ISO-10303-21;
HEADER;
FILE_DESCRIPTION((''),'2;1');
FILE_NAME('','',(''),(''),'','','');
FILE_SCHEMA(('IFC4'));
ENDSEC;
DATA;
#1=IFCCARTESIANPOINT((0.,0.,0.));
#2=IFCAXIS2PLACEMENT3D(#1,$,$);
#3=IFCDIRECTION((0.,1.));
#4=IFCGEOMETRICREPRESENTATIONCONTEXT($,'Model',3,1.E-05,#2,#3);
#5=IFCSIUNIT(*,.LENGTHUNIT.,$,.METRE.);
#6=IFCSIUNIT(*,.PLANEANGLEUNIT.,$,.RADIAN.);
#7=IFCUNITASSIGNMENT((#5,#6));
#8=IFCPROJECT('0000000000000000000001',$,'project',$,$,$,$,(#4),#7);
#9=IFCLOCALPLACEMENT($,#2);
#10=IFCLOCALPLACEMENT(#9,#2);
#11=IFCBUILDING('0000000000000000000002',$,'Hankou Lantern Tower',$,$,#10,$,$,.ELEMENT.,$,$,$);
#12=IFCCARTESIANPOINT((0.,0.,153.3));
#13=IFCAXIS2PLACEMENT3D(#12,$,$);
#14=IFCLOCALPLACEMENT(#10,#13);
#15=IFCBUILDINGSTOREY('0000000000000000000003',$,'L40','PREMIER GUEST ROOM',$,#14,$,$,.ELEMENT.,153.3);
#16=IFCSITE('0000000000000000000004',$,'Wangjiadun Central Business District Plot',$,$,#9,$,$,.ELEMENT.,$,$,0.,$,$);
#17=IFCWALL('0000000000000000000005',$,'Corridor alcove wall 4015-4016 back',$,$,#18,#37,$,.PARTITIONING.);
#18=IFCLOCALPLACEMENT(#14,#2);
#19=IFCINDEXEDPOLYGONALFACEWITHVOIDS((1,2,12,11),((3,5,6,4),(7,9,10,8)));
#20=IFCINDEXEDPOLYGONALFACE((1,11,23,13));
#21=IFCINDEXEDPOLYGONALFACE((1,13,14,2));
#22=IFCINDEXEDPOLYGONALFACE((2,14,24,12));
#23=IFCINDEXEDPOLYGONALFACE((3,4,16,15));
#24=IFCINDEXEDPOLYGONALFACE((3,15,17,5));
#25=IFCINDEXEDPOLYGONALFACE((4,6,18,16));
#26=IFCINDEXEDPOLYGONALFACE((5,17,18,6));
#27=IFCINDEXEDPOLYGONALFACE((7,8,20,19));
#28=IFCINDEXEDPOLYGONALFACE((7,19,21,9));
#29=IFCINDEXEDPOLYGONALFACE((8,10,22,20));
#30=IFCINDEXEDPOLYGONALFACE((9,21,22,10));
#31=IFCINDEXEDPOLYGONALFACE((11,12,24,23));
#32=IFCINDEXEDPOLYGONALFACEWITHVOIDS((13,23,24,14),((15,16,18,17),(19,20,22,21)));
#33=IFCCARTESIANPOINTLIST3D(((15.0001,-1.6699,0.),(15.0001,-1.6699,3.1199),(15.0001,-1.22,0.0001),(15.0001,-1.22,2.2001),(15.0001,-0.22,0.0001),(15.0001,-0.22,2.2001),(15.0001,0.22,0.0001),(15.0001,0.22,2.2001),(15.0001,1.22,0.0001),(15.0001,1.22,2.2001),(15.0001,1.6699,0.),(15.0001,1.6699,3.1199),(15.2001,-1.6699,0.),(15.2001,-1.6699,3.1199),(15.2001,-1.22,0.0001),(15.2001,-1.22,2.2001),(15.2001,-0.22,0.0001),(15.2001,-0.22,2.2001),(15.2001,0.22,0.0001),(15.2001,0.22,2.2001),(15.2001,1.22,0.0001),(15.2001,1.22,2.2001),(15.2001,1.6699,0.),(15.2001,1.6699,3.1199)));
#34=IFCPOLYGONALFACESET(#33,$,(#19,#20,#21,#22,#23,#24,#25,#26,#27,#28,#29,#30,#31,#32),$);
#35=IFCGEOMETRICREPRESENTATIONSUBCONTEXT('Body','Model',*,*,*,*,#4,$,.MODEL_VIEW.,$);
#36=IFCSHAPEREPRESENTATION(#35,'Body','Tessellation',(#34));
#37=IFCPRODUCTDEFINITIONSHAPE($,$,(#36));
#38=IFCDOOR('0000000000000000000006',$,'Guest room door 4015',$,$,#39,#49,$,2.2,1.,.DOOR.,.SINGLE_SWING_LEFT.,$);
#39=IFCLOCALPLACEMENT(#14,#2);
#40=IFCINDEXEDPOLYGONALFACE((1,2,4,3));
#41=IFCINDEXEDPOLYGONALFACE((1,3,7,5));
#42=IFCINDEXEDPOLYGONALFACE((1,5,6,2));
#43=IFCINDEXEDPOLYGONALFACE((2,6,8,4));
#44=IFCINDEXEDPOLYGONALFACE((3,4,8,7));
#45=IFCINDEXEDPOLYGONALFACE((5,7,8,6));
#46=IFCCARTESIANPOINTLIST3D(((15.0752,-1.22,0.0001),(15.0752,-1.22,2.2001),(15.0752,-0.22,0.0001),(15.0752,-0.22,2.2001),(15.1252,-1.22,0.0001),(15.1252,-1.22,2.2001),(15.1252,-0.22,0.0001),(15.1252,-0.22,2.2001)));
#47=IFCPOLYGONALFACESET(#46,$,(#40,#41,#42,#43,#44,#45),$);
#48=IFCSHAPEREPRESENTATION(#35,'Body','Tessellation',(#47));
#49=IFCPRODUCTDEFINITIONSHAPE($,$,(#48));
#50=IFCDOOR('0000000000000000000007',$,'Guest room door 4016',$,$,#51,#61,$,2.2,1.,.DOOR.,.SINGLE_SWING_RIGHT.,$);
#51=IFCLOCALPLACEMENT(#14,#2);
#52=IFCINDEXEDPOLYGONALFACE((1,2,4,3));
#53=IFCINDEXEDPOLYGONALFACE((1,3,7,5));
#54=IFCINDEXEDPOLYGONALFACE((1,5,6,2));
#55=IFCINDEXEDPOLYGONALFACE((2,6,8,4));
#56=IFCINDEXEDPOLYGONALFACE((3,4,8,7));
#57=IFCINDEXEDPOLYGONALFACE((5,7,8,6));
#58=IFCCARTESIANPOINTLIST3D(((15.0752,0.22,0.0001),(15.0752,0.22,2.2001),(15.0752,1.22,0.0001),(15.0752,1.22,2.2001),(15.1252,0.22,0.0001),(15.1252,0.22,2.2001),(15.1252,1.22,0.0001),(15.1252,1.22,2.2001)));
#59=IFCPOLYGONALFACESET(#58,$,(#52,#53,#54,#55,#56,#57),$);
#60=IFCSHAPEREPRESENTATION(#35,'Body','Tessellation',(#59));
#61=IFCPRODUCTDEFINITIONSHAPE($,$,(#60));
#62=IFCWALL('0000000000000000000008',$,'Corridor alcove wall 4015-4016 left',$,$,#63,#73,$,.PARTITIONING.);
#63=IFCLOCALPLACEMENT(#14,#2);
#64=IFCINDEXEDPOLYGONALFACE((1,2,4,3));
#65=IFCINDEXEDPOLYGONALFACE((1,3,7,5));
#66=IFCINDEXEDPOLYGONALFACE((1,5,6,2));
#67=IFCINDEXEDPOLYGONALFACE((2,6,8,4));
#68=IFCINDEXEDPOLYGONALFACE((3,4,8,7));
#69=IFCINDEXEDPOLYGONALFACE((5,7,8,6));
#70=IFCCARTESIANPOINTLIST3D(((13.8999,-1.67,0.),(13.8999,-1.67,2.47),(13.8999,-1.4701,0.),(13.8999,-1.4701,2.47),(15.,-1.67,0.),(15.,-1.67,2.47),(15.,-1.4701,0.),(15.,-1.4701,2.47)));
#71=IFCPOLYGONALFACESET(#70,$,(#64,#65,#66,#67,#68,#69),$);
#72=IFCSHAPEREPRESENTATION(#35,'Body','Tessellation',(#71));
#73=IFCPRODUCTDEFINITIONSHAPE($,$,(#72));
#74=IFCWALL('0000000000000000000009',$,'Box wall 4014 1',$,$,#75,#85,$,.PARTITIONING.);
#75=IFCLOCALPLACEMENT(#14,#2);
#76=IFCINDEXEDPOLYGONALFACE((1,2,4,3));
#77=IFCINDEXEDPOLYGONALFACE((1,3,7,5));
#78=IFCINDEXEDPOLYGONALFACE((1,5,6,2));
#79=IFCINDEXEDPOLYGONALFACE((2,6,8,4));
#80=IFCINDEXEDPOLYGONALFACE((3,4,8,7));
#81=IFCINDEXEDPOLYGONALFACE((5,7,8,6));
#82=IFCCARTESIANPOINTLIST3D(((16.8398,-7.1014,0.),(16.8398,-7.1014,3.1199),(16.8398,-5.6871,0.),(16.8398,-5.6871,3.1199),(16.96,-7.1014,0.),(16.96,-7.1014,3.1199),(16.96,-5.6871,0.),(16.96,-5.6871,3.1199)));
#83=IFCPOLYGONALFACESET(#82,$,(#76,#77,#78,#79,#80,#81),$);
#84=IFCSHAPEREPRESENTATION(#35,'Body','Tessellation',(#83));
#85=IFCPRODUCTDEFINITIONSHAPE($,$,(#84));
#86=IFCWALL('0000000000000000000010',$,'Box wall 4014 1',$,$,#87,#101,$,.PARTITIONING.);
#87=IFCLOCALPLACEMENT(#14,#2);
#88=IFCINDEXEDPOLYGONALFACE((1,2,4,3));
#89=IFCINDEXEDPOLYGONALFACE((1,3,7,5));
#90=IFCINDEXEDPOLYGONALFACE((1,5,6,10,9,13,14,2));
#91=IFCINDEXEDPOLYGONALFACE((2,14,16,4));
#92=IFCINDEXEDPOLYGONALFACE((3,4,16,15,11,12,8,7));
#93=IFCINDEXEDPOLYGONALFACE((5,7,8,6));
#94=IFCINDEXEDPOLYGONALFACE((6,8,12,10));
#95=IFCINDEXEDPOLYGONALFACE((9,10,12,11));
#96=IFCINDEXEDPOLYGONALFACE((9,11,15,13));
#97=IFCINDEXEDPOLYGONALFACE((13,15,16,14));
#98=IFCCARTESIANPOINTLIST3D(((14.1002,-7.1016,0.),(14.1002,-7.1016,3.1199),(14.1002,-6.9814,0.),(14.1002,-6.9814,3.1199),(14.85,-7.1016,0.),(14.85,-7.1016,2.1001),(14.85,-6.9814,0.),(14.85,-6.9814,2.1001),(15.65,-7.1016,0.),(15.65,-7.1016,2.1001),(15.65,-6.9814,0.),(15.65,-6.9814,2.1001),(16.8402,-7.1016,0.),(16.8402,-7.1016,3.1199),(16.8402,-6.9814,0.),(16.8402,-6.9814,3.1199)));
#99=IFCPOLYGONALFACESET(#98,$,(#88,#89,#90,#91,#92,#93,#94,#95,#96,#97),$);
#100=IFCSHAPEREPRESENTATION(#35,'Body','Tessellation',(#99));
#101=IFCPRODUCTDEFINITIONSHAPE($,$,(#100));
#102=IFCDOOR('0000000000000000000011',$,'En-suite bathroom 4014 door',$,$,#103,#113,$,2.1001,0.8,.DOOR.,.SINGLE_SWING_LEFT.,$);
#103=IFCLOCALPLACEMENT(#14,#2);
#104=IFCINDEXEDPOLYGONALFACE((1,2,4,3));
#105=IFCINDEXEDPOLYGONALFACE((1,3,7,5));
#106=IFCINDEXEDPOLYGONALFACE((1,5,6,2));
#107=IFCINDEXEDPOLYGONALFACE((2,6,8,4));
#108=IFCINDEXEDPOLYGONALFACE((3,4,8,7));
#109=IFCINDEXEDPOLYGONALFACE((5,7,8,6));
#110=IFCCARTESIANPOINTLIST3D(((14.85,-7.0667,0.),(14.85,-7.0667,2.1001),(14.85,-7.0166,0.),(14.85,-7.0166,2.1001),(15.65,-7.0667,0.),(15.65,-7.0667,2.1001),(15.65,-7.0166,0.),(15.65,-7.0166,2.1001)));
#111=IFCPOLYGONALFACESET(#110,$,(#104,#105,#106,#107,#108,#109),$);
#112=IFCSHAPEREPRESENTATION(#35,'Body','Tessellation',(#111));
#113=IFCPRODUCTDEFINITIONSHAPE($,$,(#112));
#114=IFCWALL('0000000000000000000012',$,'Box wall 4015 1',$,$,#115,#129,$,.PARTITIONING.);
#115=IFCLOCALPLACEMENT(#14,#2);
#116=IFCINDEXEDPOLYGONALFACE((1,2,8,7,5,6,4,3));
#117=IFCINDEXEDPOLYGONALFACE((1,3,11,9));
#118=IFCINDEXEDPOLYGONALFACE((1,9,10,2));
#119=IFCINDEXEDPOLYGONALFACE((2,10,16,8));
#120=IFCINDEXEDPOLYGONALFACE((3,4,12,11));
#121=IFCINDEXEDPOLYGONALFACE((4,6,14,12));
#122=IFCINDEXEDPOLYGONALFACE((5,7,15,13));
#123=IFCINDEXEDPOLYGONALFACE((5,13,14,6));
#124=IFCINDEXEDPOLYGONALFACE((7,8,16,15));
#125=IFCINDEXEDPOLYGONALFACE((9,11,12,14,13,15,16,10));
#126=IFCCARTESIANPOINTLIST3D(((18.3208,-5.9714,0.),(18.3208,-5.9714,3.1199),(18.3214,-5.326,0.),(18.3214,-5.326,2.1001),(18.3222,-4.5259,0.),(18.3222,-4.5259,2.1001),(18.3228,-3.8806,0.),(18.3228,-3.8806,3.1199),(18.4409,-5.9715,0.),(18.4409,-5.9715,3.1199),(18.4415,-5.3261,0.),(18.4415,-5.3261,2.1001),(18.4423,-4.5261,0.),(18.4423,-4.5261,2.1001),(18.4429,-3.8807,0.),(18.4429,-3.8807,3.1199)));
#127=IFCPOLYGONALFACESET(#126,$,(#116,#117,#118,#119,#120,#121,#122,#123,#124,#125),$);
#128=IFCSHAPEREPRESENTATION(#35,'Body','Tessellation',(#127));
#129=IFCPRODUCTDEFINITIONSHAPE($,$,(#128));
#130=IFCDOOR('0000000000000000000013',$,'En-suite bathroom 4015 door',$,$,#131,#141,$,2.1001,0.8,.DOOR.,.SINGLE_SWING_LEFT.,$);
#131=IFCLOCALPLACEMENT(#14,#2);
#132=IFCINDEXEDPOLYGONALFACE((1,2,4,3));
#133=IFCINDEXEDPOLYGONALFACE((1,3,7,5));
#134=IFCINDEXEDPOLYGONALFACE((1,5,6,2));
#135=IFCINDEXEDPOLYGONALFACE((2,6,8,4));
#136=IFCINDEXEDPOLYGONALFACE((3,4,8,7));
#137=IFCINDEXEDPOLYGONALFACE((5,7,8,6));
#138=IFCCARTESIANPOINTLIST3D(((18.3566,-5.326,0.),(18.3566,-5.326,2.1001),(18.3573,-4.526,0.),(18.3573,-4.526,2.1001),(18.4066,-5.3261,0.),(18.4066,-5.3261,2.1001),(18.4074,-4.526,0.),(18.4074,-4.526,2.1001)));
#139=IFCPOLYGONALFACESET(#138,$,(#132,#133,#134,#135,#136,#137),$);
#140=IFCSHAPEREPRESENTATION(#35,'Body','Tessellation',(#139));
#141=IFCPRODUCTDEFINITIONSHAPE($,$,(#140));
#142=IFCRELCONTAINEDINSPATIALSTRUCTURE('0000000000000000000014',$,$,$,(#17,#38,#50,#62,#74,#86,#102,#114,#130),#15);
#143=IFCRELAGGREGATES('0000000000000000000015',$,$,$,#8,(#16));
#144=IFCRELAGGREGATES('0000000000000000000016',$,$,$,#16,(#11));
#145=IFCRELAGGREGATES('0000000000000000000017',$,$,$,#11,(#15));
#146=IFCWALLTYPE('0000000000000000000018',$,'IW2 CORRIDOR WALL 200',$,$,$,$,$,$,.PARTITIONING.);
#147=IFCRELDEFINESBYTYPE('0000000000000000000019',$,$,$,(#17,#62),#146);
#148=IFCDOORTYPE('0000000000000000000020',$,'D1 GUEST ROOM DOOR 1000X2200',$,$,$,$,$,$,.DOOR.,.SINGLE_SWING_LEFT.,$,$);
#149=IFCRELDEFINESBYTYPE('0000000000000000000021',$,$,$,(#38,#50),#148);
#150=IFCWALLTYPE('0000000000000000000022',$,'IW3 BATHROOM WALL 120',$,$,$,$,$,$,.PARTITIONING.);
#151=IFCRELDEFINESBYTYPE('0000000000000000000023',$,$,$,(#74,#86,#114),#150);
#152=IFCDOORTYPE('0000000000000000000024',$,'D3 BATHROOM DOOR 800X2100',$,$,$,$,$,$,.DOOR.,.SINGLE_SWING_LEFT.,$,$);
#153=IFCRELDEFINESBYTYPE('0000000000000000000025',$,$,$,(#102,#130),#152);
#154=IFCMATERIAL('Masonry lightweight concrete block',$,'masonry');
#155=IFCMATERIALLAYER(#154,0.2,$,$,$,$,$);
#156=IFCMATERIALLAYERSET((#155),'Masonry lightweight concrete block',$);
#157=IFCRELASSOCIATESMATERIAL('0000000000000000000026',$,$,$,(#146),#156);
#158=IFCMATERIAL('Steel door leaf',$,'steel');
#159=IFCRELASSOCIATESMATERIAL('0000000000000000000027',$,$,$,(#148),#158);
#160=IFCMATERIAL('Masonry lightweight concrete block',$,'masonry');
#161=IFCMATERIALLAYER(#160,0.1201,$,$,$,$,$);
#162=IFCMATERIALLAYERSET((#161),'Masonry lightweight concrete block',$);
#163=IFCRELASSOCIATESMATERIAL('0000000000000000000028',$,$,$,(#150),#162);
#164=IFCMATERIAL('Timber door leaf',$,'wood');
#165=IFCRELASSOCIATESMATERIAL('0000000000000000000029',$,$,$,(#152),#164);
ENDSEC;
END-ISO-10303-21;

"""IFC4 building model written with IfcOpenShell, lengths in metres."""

from ifc_helpers import new_model, si_unit, direction, frame, frame_2d, origin, place, context, subcontext, project, spatial, rectangle, extrude, material, layer, layer_set, type_object, element, fill, save


model = new_model("IFC4")

# Units and contexts
model_context = context("Model", 3, precision=1e-05, world=origin(), true_north=direction((0.0, 1.0)))
body_context = subcontext(model_context, "Body", "Model", "MODEL_VIEW")
ifc_project = project(units=[si_unit("LENGTHUNIT", "METRE"), si_unit("PLANEANGLEUNIT", "RADIAN")], contexts=[model_context])

# Site, building, storey
site_placement = place(None, origin())
site = spatial("IfcSite", under=ifc_project, at=site_placement, Name="Wangjiadun Central Business District Plot", CompositionType="ELEMENT", RefElevation=0.0)
building_placement = place(site_placement, origin())
building = spatial("IfcBuilding", under=site, at=building_placement, Name="Hankou Lantern Tower", CompositionType="ELEMENT")
storey_placement = place(building_placement, frame((0.0, 0.0, 153.3)))
storey = spatial("IfcBuildingStorey", under=building, at=storey_placement, Name="L40", Description="PREMIER GUEST ROOM", CompositionType="ELEMENT", Elevation=153.3)

# Wall, openings, doors
ifc_material_1 = material(Name="Masonry lightweight concrete block", Category="masonry")
ifc_layer_1 = layer(ifc_material_1, 0.2)
ifc_layer_set_1 = layer_set([ifc_layer_1], Name="Masonry lightweight concrete block")
wall_type_1 = type_object("IfcWallType", Name="IW2 CORRIDOR WALL 200", PredefinedType="PARTITIONING", material=ifc_layer_set_1)
wall_1_placement = place(storey_placement, frame((15.1001, -1.6699, 0.0), z_axis=(0.0, 0.0, 1.0), x_axis=(0.0, 1.0, 0.0)))
wall_1 = element("IfcWall", 1, at=wall_1_placement, inside=storey, type_object=wall_type_1, Name="Corridor alcove wall 4015-4016 back", PredefinedType="PARTITIONING", context=body_context, shape_type="SweptSolid", body=[
    extrude(rectangle(XDim=3.3398, YDim=0.2, at=frame_2d((1.6699, 0.0))), origin(), (0.0, 0.0, 1.0), 3.1199),
])
opening_1_placement = place(wall_1_placement, frame((0.45, 0.0, 0.0)))
opening_1 = element("IfcOpeningElement", 2, at=opening_1_placement, cuts=wall_1, PredefinedType="OPENING", context=body_context, shape_type="SweptSolid", body=[
    extrude(rectangle(XDim=1.0, YDim=2.2, at=frame_2d((0.5, 1.1001))), frame((0.0, 0.1099, 0.0), z_axis=(0.0, -1.0, 0.0), x_axis=(1.0, 0.0, 0.0)), (0.0, 0.0, 1.0), 0.22),
])
opening_2_placement = place(wall_1_placement, frame((1.8899, 0.0, 0.0)))
opening_2 = element("IfcOpeningElement", 3, at=opening_2_placement, cuts=wall_1, PredefinedType="OPENING", context=body_context, shape_type="SweptSolid", body=[
    extrude(rectangle(XDim=1.0, YDim=2.2, at=frame_2d((0.5, 1.1001))), frame((0.0, 0.1099, 0.0), z_axis=(0.0, -1.0, 0.0), x_axis=(1.0, 0.0, 0.0)), (0.0, 0.0, 1.0), 0.22),
])
ifc_material_2 = material(Name="Steel door leaf", Category="steel")
door_type_1 = type_object("IfcDoorType", Name="D1 GUEST ROOM DOOR 1000X2200", OperationType="SINGLE_SWING_LEFT", PredefinedType="DOOR", material=ifc_material_2)
door_1_placement = place(opening_1_placement, origin())
door_1 = element("IfcDoor", 4, at=door_1_placement, inside=storey, type_object=door_type_1, Name="Guest room door 4015", OperationType="SINGLE_SWING_LEFT", OverallHeight=2.2, OverallWidth=1.0, PredefinedType="DOOR", context=body_context, shape_type="SweptSolid", body=[
    extrude(rectangle(XDim=1.0, YDim=2.2, at=frame_2d((0.5, 1.1001))), frame((0.0, 0.0249, 0.0), z_axis=(0.0, -1.0, 0.0), x_axis=(1.0, 0.0, 0.0)), (0.0, 0.0, 1.0), 0.05),
])
fill(opening_1, door_1)
door_2_placement = place(opening_2_placement, origin())
door_2 = element("IfcDoor", 5, at=door_2_placement, inside=storey, type_object=door_type_1, Name="Guest room door 4016", OperationType="SINGLE_SWING_RIGHT", OverallHeight=2.2, OverallWidth=1.0, PredefinedType="DOOR", context=body_context, shape_type="SweptSolid", body=[
    extrude(rectangle(XDim=1.0, YDim=2.2, at=frame_2d((0.5, 1.1001))), frame((0.0, 0.0249, 0.0), z_axis=(0.0, -1.0, 0.0), x_axis=(1.0, 0.0, 0.0)), (0.0, 0.0, 1.0), 0.05),
])
fill(opening_2, door_2)

# Walls
wall_2_placement = place(storey_placement, frame((13.8999, -1.5701, 0.0), z_axis=(0.0, 0.0, 1.0), x_axis=(1.0, 0.0, 0.0)))
element("IfcWall", 6, at=wall_2_placement, inside=storey, type_object=wall_type_1, Name="Corridor alcove wall 4015-4016 left", PredefinedType="PARTITIONING", context=body_context, shape_type="SweptSolid", body=[
    extrude(rectangle(XDim=1.1001, YDim=0.2, at=frame_2d((0.55, 0.0))), origin(), (0.0, 0.0, 1.0), 2.47),
])
ifc_material_3 = material(Name="Masonry lightweight concrete block", Category="masonry")
ifc_layer_2 = layer(ifc_material_3, 0.1201)
ifc_layer_set_2 = layer_set([ifc_layer_2], Name="Masonry lightweight concrete block")
wall_type_2 = type_object("IfcWallType", Name="IW3 BATHROOM WALL 120", PredefinedType="PARTITIONING", material=ifc_layer_set_2)
wall_3_placement = place(storey_placement, frame((16.8999, -5.6873, 0.0), z_axis=(0.0, 0.0, 1.0), x_axis=(0.0, -1.0, 0.0)))
element("IfcWall", 7, at=wall_3_placement, inside=storey, type_object=wall_type_2, Name="Box wall 4014 1", PredefinedType="PARTITIONING", context=body_context, shape_type="SweptSolid", body=[
    extrude(rectangle(XDim=1.4143, YDim=0.1201, at=frame_2d((0.707, 0.0))), origin(), (0.0, 0.0, 1.0), 3.1199),
])

# Walls, openings, doors
wall_4_placement = place(storey_placement, frame((14.1001, -7.0415, 0.0), z_axis=(0.0, 0.0, 1.0), x_axis=(1.0, 0.0, 0.0)))
wall_4 = element("IfcWall", 8, at=wall_4_placement, inside=storey, type_object=wall_type_2, Name="Box wall 4014 1", PredefinedType="PARTITIONING", context=body_context, shape_type="SweptSolid", body=[
    extrude(rectangle(XDim=2.74, YDim=0.1201, at=frame_2d((1.3701, 0.0))), origin(), (0.0, 0.0, 1.0), 3.1199),
])
opening_3_placement = place(wall_4_placement, frame((0.75, 0.0, 0.0)))
opening_3 = element("IfcOpeningElement", 9, at=opening_3_placement, cuts=wall_4, PredefinedType="OPENING", context=body_context, shape_type="SweptSolid", body=[
    extrude(rectangle(XDim=0.8, YDim=2.1001, at=frame_2d((0.3999, 1.05))), frame((0.0, 0.0701, 0.0), z_axis=(0.0, -1.0, 0.0), x_axis=(1.0, 0.0, 0.0)), (0.0, 0.0, 1.0), 0.1401),
])
ifc_material_4 = material(Name="Timber door leaf", Category="wood")
door_type_2 = type_object("IfcDoorType", Name="D3 BATHROOM DOOR 800X2100", OperationType="SINGLE_SWING_LEFT", PredefinedType="DOOR", material=ifc_material_4)
door_3_placement = place(opening_3_placement, origin())
door_3 = element("IfcDoor", 10, at=door_3_placement, inside=storey, type_object=door_type_2, Name="En-suite bathroom 4014 door", OperationType="SINGLE_SWING_LEFT", OverallHeight=2.1001, OverallWidth=0.8, PredefinedType="DOOR", context=body_context, shape_type="SweptSolid", body=[
    extrude(rectangle(XDim=0.8, YDim=2.1001, at=frame_2d((0.3999, 1.05))), frame((0.0, 0.0249, 0.0), z_axis=(0.0, -1.0, 0.0), x_axis=(1.0, 0.0, 0.0)), (0.0, 0.0, 1.0), 0.05),
])
fill(opening_3, door_3)
wall_5_placement = place(storey_placement, frame((18.3809, -5.9714, 0.0), z_axis=(0.0, 0.0, 1.0), x_axis=(0.000934, 1.0, 0.0)))
wall_5 = element("IfcWall", 11, at=wall_5_placement, inside=storey, type_object=wall_type_2, Name="Box wall 4015 1", PredefinedType="PARTITIONING", context=body_context, shape_type="SweptSolid", body=[
    extrude(rectangle(XDim=2.0908, YDim=0.1201, at=frame_2d((1.0454, 0.0))), origin(), (0.0, 0.0, 1.0), 3.1199),
])
opening_4_placement = place(wall_5_placement, frame((0.6455, 0.0, 0.0)))
opening_4 = element("IfcOpeningElement", 12, at=opening_4_placement, cuts=wall_5, PredefinedType="OPENING", context=body_context, shape_type="SweptSolid", body=[
    extrude(rectangle(XDim=0.8, YDim=2.1001, at=frame_2d((0.3999, 1.05))), frame((0.0, 0.0701, 0.0), z_axis=(0.0, -1.0, 0.0), x_axis=(1.0, 0.0, 0.0)), (0.0, 0.0, 1.0), 0.1401),
])
door_4_placement = place(opening_4_placement, origin())
door_4 = element("IfcDoor", 13, at=door_4_placement, inside=storey, type_object=door_type_2, Name="En-suite bathroom 4015 door", OperationType="SINGLE_SWING_LEFT", OverallHeight=2.1001, OverallWidth=0.8, PredefinedType="DOOR", context=body_context, shape_type="SweptSolid", body=[
    extrude(rectangle(XDim=0.8, YDim=2.1001, at=frame_2d((0.3999, 1.05))), frame((0.0, 0.0249, 0.0), z_axis=(0.0, -1.0, 0.0), x_axis=(1.0, 0.0, 0.0)), (0.0, 0.0, 1.0), 0.05),
])
fill(opening_4, door_4)

save(model, "model.ifc")
